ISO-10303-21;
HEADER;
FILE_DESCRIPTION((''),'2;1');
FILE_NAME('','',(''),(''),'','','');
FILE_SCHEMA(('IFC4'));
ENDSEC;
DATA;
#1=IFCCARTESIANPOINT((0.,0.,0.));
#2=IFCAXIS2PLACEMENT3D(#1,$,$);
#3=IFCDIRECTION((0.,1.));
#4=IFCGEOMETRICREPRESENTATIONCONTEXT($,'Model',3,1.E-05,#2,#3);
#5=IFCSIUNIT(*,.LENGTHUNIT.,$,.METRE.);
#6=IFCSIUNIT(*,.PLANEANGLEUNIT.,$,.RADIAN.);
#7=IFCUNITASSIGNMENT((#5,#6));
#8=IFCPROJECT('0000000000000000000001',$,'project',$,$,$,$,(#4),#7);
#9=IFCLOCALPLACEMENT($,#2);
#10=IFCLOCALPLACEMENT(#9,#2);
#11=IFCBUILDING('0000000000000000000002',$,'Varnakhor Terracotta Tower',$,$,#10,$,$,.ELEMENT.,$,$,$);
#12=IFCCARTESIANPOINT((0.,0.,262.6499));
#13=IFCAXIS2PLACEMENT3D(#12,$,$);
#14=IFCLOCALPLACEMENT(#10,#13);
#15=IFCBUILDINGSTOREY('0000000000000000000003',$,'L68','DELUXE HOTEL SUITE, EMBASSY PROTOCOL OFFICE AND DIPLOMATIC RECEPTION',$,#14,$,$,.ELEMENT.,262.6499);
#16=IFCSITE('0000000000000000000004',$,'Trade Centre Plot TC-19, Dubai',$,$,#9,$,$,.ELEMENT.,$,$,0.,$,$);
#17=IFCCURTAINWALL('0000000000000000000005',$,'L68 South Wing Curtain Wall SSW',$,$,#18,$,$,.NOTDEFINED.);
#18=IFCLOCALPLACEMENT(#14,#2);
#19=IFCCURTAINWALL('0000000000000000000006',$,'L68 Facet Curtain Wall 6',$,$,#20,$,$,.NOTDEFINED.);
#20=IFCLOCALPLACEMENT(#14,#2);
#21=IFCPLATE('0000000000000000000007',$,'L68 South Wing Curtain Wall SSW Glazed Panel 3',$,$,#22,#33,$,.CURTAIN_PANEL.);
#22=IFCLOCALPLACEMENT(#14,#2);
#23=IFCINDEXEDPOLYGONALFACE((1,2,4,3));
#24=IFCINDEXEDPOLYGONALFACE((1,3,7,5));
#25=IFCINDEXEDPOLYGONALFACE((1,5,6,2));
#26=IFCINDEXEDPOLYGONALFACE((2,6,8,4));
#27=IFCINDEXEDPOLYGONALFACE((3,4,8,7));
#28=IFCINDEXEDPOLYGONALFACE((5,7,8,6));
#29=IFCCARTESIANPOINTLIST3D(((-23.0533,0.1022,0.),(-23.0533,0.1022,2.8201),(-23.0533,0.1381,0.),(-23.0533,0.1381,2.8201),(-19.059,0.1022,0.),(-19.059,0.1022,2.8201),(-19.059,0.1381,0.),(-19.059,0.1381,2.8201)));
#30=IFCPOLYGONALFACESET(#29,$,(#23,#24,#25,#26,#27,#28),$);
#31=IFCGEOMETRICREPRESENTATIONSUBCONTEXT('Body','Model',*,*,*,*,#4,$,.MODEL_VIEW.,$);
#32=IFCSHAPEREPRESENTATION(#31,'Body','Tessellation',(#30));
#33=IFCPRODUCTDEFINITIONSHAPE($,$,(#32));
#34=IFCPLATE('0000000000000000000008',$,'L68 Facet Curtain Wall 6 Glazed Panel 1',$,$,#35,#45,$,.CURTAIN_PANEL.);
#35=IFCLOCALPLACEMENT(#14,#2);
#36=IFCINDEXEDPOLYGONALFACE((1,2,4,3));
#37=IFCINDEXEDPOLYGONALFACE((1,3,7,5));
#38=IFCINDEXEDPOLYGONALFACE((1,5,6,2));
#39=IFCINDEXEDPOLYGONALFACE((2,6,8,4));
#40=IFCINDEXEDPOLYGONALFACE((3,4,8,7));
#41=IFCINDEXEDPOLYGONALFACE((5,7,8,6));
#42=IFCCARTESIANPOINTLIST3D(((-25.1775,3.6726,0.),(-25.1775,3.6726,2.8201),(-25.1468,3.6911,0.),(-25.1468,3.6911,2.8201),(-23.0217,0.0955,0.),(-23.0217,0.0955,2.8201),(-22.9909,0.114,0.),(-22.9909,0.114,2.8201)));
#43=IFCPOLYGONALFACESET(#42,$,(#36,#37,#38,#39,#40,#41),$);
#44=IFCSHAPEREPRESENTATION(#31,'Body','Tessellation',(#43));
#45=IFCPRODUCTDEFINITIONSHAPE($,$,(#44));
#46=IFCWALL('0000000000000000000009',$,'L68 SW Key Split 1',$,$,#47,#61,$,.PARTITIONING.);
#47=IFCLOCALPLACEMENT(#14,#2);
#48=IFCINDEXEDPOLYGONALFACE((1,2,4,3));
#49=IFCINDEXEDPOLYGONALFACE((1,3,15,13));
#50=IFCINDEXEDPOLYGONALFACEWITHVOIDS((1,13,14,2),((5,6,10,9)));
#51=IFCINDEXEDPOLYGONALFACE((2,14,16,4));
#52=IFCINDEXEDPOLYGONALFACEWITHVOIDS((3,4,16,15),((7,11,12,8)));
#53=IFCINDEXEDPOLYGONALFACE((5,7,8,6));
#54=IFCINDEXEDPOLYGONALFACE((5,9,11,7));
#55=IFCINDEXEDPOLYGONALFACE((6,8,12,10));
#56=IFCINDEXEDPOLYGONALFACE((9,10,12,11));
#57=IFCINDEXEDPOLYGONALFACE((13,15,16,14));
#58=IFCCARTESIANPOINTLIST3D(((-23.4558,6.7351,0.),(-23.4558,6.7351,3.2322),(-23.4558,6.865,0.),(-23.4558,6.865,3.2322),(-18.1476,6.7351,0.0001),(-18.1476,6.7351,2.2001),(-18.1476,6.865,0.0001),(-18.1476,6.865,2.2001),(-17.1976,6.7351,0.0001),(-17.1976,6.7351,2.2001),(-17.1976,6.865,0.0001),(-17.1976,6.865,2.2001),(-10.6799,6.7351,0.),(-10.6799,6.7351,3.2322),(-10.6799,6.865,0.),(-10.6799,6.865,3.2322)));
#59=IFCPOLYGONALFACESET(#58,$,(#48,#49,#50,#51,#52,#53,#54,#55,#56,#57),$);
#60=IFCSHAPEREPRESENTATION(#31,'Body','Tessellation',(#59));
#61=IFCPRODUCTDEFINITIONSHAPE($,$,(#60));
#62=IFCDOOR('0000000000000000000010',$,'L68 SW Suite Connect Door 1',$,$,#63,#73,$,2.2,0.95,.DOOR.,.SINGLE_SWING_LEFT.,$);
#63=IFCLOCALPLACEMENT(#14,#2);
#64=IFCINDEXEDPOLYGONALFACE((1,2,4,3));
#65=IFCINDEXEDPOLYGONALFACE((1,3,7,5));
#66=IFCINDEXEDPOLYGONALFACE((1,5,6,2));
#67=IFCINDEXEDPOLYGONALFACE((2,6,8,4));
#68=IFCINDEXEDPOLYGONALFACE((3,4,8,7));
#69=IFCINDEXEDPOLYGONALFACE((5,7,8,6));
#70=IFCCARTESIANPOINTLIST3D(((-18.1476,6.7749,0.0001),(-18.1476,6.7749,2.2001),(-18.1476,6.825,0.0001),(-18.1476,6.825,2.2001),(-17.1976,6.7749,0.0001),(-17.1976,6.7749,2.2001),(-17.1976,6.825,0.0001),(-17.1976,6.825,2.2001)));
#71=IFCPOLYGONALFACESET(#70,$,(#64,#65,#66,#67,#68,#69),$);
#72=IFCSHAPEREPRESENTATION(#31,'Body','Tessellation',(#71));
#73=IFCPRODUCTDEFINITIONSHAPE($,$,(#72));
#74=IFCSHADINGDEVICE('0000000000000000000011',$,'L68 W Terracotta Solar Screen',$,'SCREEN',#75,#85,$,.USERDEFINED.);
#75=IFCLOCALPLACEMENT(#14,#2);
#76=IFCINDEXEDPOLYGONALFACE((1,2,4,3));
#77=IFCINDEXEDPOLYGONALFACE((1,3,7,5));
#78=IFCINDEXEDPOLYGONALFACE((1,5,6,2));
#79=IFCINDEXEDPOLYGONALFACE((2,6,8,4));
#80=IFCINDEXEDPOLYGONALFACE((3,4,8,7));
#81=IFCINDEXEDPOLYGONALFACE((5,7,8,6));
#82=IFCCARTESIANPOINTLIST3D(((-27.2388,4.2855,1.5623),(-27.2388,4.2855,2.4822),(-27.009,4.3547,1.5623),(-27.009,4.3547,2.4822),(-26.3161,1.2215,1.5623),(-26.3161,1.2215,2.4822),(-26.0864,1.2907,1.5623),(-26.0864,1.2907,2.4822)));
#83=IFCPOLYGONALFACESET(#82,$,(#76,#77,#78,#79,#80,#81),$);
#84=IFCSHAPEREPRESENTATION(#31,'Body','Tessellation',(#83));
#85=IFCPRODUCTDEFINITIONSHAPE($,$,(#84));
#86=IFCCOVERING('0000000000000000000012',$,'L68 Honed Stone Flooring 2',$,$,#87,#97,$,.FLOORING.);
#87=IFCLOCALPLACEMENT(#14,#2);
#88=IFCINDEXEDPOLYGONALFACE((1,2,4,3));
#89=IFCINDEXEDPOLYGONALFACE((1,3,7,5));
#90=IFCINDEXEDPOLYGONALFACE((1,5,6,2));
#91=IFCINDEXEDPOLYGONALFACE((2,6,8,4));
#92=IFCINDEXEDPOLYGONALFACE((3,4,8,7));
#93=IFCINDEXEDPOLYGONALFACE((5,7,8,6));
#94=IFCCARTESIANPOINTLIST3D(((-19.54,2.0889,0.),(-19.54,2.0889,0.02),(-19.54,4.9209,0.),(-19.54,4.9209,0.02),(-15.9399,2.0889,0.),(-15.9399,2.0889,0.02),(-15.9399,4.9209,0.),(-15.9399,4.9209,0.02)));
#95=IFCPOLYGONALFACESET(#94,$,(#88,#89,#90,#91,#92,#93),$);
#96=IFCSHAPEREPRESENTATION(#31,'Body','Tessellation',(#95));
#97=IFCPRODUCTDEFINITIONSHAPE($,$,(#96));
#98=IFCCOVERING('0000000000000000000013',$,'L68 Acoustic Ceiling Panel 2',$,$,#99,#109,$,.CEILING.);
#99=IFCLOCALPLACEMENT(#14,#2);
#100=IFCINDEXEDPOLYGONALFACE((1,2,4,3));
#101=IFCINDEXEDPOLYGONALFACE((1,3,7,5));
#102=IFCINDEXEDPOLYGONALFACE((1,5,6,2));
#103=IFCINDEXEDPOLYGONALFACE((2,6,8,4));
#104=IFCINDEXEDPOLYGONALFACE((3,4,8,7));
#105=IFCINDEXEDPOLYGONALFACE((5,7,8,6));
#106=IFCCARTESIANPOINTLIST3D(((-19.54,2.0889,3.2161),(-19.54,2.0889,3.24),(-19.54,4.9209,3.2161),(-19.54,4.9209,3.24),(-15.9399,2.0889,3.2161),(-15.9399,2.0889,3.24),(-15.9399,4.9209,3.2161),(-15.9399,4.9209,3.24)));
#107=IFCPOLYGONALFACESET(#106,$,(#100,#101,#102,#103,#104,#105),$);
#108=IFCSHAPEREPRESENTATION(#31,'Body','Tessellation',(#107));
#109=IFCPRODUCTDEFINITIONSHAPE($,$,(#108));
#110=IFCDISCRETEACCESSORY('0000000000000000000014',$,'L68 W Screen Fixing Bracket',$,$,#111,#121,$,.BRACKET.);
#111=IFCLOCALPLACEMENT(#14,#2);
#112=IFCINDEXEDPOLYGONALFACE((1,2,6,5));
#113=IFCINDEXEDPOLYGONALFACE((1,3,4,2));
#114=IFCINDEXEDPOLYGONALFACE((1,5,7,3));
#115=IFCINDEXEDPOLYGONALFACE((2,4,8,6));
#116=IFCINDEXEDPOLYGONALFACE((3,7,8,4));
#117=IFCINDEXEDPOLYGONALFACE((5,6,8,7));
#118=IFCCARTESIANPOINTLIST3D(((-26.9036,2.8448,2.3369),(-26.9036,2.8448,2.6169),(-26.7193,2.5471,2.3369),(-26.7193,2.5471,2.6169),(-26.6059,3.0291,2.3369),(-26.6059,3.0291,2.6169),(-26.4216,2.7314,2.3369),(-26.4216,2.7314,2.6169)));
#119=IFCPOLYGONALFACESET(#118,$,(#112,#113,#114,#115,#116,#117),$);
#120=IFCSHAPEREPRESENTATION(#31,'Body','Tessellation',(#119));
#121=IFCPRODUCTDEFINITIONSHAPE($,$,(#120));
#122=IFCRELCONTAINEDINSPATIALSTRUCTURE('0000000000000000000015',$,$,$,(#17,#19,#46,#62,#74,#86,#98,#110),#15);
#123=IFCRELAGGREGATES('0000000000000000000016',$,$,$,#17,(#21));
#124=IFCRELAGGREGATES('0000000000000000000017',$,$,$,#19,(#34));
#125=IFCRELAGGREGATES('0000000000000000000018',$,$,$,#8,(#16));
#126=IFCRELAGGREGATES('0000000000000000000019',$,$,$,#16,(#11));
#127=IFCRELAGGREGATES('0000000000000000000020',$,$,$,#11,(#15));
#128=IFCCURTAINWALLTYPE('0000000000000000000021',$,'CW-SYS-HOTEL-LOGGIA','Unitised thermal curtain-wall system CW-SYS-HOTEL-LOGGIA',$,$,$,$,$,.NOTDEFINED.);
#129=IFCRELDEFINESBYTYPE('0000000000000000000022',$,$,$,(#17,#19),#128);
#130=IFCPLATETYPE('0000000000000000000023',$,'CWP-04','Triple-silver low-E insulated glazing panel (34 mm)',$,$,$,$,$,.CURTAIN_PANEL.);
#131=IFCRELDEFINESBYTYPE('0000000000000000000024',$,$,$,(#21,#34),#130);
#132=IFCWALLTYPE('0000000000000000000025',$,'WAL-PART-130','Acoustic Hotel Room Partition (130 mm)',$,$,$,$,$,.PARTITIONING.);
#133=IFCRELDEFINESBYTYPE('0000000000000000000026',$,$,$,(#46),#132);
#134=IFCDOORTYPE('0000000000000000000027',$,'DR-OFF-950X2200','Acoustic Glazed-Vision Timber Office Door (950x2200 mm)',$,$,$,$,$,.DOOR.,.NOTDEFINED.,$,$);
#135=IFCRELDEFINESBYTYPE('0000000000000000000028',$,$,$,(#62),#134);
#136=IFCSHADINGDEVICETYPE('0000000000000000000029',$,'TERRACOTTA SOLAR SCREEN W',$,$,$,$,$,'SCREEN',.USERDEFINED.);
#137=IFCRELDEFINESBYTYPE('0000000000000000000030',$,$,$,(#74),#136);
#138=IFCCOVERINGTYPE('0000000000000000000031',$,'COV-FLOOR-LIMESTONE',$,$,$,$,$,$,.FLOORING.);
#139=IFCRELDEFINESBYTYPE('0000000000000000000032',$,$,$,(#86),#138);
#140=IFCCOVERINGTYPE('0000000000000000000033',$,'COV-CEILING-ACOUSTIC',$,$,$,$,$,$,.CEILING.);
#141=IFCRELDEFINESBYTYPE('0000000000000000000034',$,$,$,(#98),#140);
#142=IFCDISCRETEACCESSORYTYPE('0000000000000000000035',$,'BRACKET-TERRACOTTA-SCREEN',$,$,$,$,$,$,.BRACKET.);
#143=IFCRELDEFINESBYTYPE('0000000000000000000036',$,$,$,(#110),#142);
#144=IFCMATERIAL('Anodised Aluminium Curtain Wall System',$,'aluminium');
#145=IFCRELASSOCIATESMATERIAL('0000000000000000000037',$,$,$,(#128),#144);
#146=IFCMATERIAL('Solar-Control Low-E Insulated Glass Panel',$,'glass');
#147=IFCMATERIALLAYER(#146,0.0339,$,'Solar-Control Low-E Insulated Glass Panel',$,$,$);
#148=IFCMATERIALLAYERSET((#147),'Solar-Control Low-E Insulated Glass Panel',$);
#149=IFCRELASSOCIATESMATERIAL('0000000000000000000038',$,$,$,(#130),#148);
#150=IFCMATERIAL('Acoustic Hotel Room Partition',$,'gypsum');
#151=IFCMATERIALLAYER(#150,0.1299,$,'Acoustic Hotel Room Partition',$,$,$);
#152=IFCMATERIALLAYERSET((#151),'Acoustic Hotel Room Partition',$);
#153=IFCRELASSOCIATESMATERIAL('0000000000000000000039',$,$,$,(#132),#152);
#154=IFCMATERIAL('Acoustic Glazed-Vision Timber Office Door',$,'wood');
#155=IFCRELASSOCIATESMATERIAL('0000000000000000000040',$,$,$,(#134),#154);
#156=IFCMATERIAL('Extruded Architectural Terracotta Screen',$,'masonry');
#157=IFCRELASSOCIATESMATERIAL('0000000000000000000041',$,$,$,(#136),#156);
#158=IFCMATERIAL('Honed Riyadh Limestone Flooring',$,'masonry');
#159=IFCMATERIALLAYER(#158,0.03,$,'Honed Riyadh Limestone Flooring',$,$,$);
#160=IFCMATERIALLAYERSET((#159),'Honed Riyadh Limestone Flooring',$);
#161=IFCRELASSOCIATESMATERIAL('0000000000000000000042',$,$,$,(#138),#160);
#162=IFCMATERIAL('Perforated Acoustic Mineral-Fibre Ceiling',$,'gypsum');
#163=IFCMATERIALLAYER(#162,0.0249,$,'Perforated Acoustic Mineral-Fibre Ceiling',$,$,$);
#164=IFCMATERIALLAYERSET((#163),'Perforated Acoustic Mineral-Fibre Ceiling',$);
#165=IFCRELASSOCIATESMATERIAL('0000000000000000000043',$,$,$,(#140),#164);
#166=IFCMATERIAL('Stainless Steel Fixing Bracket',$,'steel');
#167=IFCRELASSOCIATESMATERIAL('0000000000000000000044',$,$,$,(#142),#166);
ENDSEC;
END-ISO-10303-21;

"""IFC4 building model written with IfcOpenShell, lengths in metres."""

from ifc_helpers import new_model, si_unit, direction, frame, frame_2d, origin, origin_2d, place, context, subcontext, project, spatial, rectangle, extrude, source, transform, mapped, material, layer, layer_set, type_object, type_shapes, element, fill, aggregate, save


model = new_model("IFC4")

# Units and contexts
model_context = context("Model", 3, precision=1e-05, world=origin(), true_north=direction((0.0, 1.0)))
body_context = subcontext(model_context, "Body", "Model", "MODEL_VIEW")
ifc_project = project(units=[si_unit("LENGTHUNIT", "METRE"), si_unit("PLANEANGLEUNIT", "RADIAN")], contexts=[model_context])

# Site, building, storey
site_placement = place(None, origin())
site = spatial("IfcSite", under=ifc_project, at=site_placement, Name="Trade Centre Plot TC-19, Dubai", CompositionType="ELEMENT", RefElevation=0.0)
building_placement = place(site_placement, origin())
building = spatial("IfcBuilding", under=site, at=building_placement, Name="Varnakhor Terracotta Tower", CompositionType="ELEMENT")
storey_placement = place(building_placement, frame((0.0, 0.0, 262.6499)))
storey = spatial("IfcBuildingStorey", under=building, at=storey_placement, Name="L68", Description="DELUXE HOTEL SUITE, EMBASSY PROTOCOL OFFICE AND DIPLOMATIC RECEPTION", CompositionType="ELEMENT", Elevation=262.6499)

# Curtain wall
ifc_material_1 = material(Name="Anodised Aluminium Curtain Wall System", Category="aluminium")
curtain_wall_type = type_object("IfcCurtainWallType", Name="CW-SYS-HOTEL-LOGGIA", Description="Unitised thermal curtain-wall system CW-SYS-HOTEL-LOGGIA", PredefinedType="NOTDEFINED", material=ifc_material_1)
curtain_wall_1_placement = place(storey_placement, origin())
curtain_wall_1 = element("IfcCurtainWall", 1, at=curtain_wall_1_placement, inside=storey, type_object=curtain_wall_type, Name="L68 South Wing Curtain Wall SSW", PredefinedType="NOTDEFINED")

# Curtain wall
curtain_wall_2_placement = place(storey_placement, origin())
curtain_wall_2 = element("IfcCurtainWall", 2, at=curtain_wall_2_placement, inside=storey, type_object=curtain_wall_type, Name="L68 Facet Curtain Wall 6", PredefinedType="NOTDEFINED")

# Plates
ifc_material_2 = material(Name="Solar-Control Low-E Insulated Glass Panel", Category="glass")
ifc_layer_1 = layer(ifc_material_2, 0.0339, Name="Solar-Control Low-E Insulated Glass Panel")
ifc_layer_set_1 = layer_set([ifc_layer_1], Name="Solar-Control Low-E Insulated Glass Panel")
plate_type = type_object("IfcPlateType", Name="CWP-04", Description="Triple-silver low-E insulated glazing panel (34 mm)", PredefinedType="CURTAIN_PANEL", material=ifc_layer_set_1)
shared_shape_1 = source(origin(), body_context, "Body", "SweptSolid", [
    extrude(rectangle(XDim=3.9944, YDim=0.0359, at=origin_2d()), origin(), (0.0, 0.0, 1.0), 2.8201),
])
plate_1_placement = place(storey_placement, frame((-21.0562, 0.1201, 0.0), z_axis=(0.0, 0.0, 1.0), x_axis=(-1.0, 0.0, 0.0)))
plate_1 = element("IfcPlate", 3, at=plate_1_placement, type_object=plate_type, Name="L68 South Wing Curtain Wall SSW Glazed Panel 3", PredefinedType="CURTAIN_PANEL", context=body_context, shape_type="MappedRepresentation", body=[
    mapped(shared_shape_1, transform((0.0, 0.0, 0.0), scale=1.0)),
])
aggregate(curtain_wall_1, [plate_1])
shared_shape_2 = source(origin(), body_context, "Body", "SweptSolid", [
    extrude(rectangle(XDim=4.1765, YDim=0.0359, at=origin_2d()), origin(), (0.0, 0.0, 1.0), 2.8201),
])
plate_2_placement = place(storey_placement, frame((-24.0842, 1.8933, 0.0), z_axis=(0.0, 0.0, 1.0), x_axis=(-0.51619, 0.856474, 0.0)))
plate_2 = element("IfcPlate", 4, at=plate_2_placement, type_object=plate_type, Name="L68 Facet Curtain Wall 6 Glazed Panel 1", PredefinedType="CURTAIN_PANEL", context=body_context, shape_type="MappedRepresentation", body=[
    mapped(shared_shape_2, transform((0.0, 0.0, 0.0), scale=1.0)),
])
aggregate(curtain_wall_2, [plate_2])

# Wall, opening, door
ifc_material_3 = material(Name="Acoustic Hotel Room Partition", Category="gypsum")
ifc_layer_2 = layer(ifc_material_3, 0.1299, Name="Acoustic Hotel Room Partition")
ifc_layer_set_2 = layer_set([ifc_layer_2], Name="Acoustic Hotel Room Partition")
wall_type = type_object("IfcWallType", Name="WAL-PART-130", Description="Acoustic Hotel Room Partition (130 mm)", PredefinedType="PARTITIONING", material=ifc_layer_set_2)
wall_placement = place(storey_placement, frame((-23.4558, 6.8, 0.0), z_axis=(0.0, 0.0, 1.0), x_axis=(1.0, 0.0, 0.0)))
wall = element("IfcWall", 5, at=wall_placement, inside=storey, type_object=wall_type, Name="L68 SW Key Split 1", PredefinedType="PARTITIONING", context=body_context, shape_type="SweptSolid", body=[
    extrude(rectangle(XDim=12.7759, YDim=0.1299, at=frame_2d((6.3879, 0.0))), origin(), (0.0, 0.0, 1.0), 3.2322),
])
opening_placement = place(wall_placement, frame((5.3081, 0.0, 0.0)))
opening = element("IfcOpeningElement", 6, at=opening_placement, cuts=wall, PredefinedType="OPENING", context=body_context, shape_type="SweptSolid", body=[
    extrude(rectangle(XDim=0.95, YDim=2.2, at=frame_2d((0.4751, 1.1001))), frame((0.0, 0.075, 0.0), z_axis=(0.0, -1.0, 0.0), x_axis=(1.0, 0.0, 0.0)), (0.0, 0.0, 1.0), 0.1499),
])
ifc_material_4 = material(Name="Acoustic Glazed-Vision Timber Office Door", Category="wood")
door_type = type_object("IfcDoorType", Name="DR-OFF-950X2200", Description="Acoustic Glazed-Vision Timber Office Door (950x2200 mm)", OperationType="NOTDEFINED", PredefinedType="DOOR", material=ifc_material_4)
shared_shape_3 = source(origin(), body_context, "Body", "SweptSolid", [
    extrude(rectangle(XDim=0.95, YDim=2.2, at=frame_2d((0.4751, 1.1001))), frame((0.0, 0.0249, 0.0), z_axis=(0.0, -1.0, 0.0), x_axis=(1.0, 0.0, 0.0)), (0.0, 0.0, 1.0), 0.05),
])
type_shapes(door_type, [shared_shape_3])
door_placement = place(opening_placement, origin())
door = element("IfcDoor", 7, at=door_placement, inside=storey, type_object=door_type, Name="L68 SW Suite Connect Door 1", OperationType="SINGLE_SWING_LEFT", OverallHeight=2.2, OverallWidth=0.95, PredefinedType="DOOR", context=body_context, shape_type="MappedRepresentation", body=[
    mapped(shared_shape_3, transform((0.0, 0.0, 0.0), scale=1.0)),
])
fill(opening, door)

# Shading device
ifc_material_5 = material(Name="Extruded Architectural Terracotta Screen", Category="masonry")
shading_device_type = type_object("IfcShadingDeviceType", Name="TERRACOTTA SOLAR SCREEN W", ElementType="SCREEN", PredefinedType="USERDEFINED", material=ifc_material_5)
shared_shape_4 = source(origin(), body_context, "Body", "SweptSolid", [
    extrude(rectangle(XDim=3.2, YDim=0.24, at=origin_2d()), origin(), (0.0, 0.0, 1.0), 0.9199),
])
type_shapes(shading_device_type, [shared_shape_4])
shading_device_placement = place(storey_placement, frame((-26.6626, 2.7881, 1.5623), z_axis=(0.0, 0.0, 1.0), x_axis=(0.288347, -0.957526, 0.0)))
element("IfcShadingDevice", 8, at=shading_device_placement, inside=storey, type_object=shading_device_type, Name="L68 W Terracotta Solar Screen", ObjectType="SCREEN", PredefinedType="USERDEFINED", context=body_context, shape_type="MappedRepresentation", body=[
    mapped(shared_shape_4, transform((0.0, 0.0, 0.0), scale=1.0)),
])

# Coverings
ifc_material_6 = material(Name="Honed Riyadh Limestone Flooring", Category="masonry")
ifc_layer_3 = layer(ifc_material_6, 0.03, Name="Honed Riyadh Limestone Flooring")
ifc_layer_set_3 = layer_set([ifc_layer_3], Name="Honed Riyadh Limestone Flooring")
covering_type_1 = type_object("IfcCoveringType", Name="COV-FLOOR-LIMESTONE", PredefinedType="FLOORING", material=ifc_layer_set_3)
shared_shape_5 = source(origin(), body_context, "Body", "SweptSolid", [
    extrude(rectangle(XDim=3.6001, YDim=2.832, at=origin_2d()), origin(), (0.0, 0.0, 1.0), 0.02),
])
covering_1_placement = place(storey_placement, frame((-17.74, 3.5049, 0.0), z_axis=(0.0, 0.0, 1.0), x_axis=(1.0, 0.0, 0.0)))
element("IfcCovering", 9, at=covering_1_placement, inside=storey, type_object=covering_type_1, Name="L68 Honed Stone Flooring 2", PredefinedType="FLOORING", context=body_context, shape_type="MappedRepresentation", body=[
    mapped(shared_shape_5, transform((0.0, 0.0, 0.0), scale=1.0)),
])
ifc_material_7 = material(Name="Perforated Acoustic Mineral-Fibre Ceiling", Category="gypsum")
ifc_layer_4 = layer(ifc_material_7, 0.0249, Name="Perforated Acoustic Mineral-Fibre Ceiling")
ifc_layer_set_4 = layer_set([ifc_layer_4], Name="Perforated Acoustic Mineral-Fibre Ceiling")
covering_type_2 = type_object("IfcCoveringType", Name="COV-CEILING-ACOUSTIC", PredefinedType="CEILING", material=ifc_layer_set_4)
shared_shape_6 = source(origin(), body_context, "Body", "SweptSolid", [
    extrude(rectangle(XDim=3.6001, YDim=2.832, at=origin_2d()), origin(), (0.0, 0.0, 1.0), 0.0239),
])
covering_2_placement = place(storey_placement, frame((-17.74, 3.5049, 3.2161), z_axis=(0.0, 0.0, 1.0), x_axis=(1.0, 0.0, 0.0)))
element("IfcCovering", 10, at=covering_2_placement, inside=storey, type_object=covering_type_2, Name="L68 Acoustic Ceiling Panel 2", PredefinedType="CEILING", context=body_context, shape_type="MappedRepresentation", body=[
    mapped(shared_shape_6, transform((0.0, 0.0, 0.0), scale=1.0)),
])

# Discrete accessory
ifc_material_8 = material(Name="Stainless Steel Fixing Bracket", Category="steel")
discrete_accessory_type = type_object("IfcDiscreteAccessoryType", Name="BRACKET-TERRACOTTA-SCREEN", PredefinedType="BRACKET", material=ifc_material_8)
shared_shape_7 = source(origin(), body_context, "Body", "SweptSolid", [
    extrude(rectangle(XDim=0.3501, YDim=0.3501, at=origin_2d()), origin(), (0.0, 0.0, 1.0), 0.28),
])
type_shapes(discrete_accessory_type, [shared_shape_7])
discrete_accessory_placement = place(storey_placement, frame((-26.6626, 2.7881, 2.3369), z_axis=(0.0, 0.0, 1.0), x_axis=(0.526347, -0.85027, 0.0)))
element("IfcDiscreteAccessory", 11, at=discrete_accessory_placement, inside=storey, type_object=discrete_accessory_type, Name="L68 W Screen Fixing Bracket", PredefinedType="BRACKET", context=body_context, shape_type="MappedRepresentation", body=[
    mapped(shared_shape_7, transform((0.0, 0.0, 0.0), scale=1.0)),
])

save(model, "model.ifc")
